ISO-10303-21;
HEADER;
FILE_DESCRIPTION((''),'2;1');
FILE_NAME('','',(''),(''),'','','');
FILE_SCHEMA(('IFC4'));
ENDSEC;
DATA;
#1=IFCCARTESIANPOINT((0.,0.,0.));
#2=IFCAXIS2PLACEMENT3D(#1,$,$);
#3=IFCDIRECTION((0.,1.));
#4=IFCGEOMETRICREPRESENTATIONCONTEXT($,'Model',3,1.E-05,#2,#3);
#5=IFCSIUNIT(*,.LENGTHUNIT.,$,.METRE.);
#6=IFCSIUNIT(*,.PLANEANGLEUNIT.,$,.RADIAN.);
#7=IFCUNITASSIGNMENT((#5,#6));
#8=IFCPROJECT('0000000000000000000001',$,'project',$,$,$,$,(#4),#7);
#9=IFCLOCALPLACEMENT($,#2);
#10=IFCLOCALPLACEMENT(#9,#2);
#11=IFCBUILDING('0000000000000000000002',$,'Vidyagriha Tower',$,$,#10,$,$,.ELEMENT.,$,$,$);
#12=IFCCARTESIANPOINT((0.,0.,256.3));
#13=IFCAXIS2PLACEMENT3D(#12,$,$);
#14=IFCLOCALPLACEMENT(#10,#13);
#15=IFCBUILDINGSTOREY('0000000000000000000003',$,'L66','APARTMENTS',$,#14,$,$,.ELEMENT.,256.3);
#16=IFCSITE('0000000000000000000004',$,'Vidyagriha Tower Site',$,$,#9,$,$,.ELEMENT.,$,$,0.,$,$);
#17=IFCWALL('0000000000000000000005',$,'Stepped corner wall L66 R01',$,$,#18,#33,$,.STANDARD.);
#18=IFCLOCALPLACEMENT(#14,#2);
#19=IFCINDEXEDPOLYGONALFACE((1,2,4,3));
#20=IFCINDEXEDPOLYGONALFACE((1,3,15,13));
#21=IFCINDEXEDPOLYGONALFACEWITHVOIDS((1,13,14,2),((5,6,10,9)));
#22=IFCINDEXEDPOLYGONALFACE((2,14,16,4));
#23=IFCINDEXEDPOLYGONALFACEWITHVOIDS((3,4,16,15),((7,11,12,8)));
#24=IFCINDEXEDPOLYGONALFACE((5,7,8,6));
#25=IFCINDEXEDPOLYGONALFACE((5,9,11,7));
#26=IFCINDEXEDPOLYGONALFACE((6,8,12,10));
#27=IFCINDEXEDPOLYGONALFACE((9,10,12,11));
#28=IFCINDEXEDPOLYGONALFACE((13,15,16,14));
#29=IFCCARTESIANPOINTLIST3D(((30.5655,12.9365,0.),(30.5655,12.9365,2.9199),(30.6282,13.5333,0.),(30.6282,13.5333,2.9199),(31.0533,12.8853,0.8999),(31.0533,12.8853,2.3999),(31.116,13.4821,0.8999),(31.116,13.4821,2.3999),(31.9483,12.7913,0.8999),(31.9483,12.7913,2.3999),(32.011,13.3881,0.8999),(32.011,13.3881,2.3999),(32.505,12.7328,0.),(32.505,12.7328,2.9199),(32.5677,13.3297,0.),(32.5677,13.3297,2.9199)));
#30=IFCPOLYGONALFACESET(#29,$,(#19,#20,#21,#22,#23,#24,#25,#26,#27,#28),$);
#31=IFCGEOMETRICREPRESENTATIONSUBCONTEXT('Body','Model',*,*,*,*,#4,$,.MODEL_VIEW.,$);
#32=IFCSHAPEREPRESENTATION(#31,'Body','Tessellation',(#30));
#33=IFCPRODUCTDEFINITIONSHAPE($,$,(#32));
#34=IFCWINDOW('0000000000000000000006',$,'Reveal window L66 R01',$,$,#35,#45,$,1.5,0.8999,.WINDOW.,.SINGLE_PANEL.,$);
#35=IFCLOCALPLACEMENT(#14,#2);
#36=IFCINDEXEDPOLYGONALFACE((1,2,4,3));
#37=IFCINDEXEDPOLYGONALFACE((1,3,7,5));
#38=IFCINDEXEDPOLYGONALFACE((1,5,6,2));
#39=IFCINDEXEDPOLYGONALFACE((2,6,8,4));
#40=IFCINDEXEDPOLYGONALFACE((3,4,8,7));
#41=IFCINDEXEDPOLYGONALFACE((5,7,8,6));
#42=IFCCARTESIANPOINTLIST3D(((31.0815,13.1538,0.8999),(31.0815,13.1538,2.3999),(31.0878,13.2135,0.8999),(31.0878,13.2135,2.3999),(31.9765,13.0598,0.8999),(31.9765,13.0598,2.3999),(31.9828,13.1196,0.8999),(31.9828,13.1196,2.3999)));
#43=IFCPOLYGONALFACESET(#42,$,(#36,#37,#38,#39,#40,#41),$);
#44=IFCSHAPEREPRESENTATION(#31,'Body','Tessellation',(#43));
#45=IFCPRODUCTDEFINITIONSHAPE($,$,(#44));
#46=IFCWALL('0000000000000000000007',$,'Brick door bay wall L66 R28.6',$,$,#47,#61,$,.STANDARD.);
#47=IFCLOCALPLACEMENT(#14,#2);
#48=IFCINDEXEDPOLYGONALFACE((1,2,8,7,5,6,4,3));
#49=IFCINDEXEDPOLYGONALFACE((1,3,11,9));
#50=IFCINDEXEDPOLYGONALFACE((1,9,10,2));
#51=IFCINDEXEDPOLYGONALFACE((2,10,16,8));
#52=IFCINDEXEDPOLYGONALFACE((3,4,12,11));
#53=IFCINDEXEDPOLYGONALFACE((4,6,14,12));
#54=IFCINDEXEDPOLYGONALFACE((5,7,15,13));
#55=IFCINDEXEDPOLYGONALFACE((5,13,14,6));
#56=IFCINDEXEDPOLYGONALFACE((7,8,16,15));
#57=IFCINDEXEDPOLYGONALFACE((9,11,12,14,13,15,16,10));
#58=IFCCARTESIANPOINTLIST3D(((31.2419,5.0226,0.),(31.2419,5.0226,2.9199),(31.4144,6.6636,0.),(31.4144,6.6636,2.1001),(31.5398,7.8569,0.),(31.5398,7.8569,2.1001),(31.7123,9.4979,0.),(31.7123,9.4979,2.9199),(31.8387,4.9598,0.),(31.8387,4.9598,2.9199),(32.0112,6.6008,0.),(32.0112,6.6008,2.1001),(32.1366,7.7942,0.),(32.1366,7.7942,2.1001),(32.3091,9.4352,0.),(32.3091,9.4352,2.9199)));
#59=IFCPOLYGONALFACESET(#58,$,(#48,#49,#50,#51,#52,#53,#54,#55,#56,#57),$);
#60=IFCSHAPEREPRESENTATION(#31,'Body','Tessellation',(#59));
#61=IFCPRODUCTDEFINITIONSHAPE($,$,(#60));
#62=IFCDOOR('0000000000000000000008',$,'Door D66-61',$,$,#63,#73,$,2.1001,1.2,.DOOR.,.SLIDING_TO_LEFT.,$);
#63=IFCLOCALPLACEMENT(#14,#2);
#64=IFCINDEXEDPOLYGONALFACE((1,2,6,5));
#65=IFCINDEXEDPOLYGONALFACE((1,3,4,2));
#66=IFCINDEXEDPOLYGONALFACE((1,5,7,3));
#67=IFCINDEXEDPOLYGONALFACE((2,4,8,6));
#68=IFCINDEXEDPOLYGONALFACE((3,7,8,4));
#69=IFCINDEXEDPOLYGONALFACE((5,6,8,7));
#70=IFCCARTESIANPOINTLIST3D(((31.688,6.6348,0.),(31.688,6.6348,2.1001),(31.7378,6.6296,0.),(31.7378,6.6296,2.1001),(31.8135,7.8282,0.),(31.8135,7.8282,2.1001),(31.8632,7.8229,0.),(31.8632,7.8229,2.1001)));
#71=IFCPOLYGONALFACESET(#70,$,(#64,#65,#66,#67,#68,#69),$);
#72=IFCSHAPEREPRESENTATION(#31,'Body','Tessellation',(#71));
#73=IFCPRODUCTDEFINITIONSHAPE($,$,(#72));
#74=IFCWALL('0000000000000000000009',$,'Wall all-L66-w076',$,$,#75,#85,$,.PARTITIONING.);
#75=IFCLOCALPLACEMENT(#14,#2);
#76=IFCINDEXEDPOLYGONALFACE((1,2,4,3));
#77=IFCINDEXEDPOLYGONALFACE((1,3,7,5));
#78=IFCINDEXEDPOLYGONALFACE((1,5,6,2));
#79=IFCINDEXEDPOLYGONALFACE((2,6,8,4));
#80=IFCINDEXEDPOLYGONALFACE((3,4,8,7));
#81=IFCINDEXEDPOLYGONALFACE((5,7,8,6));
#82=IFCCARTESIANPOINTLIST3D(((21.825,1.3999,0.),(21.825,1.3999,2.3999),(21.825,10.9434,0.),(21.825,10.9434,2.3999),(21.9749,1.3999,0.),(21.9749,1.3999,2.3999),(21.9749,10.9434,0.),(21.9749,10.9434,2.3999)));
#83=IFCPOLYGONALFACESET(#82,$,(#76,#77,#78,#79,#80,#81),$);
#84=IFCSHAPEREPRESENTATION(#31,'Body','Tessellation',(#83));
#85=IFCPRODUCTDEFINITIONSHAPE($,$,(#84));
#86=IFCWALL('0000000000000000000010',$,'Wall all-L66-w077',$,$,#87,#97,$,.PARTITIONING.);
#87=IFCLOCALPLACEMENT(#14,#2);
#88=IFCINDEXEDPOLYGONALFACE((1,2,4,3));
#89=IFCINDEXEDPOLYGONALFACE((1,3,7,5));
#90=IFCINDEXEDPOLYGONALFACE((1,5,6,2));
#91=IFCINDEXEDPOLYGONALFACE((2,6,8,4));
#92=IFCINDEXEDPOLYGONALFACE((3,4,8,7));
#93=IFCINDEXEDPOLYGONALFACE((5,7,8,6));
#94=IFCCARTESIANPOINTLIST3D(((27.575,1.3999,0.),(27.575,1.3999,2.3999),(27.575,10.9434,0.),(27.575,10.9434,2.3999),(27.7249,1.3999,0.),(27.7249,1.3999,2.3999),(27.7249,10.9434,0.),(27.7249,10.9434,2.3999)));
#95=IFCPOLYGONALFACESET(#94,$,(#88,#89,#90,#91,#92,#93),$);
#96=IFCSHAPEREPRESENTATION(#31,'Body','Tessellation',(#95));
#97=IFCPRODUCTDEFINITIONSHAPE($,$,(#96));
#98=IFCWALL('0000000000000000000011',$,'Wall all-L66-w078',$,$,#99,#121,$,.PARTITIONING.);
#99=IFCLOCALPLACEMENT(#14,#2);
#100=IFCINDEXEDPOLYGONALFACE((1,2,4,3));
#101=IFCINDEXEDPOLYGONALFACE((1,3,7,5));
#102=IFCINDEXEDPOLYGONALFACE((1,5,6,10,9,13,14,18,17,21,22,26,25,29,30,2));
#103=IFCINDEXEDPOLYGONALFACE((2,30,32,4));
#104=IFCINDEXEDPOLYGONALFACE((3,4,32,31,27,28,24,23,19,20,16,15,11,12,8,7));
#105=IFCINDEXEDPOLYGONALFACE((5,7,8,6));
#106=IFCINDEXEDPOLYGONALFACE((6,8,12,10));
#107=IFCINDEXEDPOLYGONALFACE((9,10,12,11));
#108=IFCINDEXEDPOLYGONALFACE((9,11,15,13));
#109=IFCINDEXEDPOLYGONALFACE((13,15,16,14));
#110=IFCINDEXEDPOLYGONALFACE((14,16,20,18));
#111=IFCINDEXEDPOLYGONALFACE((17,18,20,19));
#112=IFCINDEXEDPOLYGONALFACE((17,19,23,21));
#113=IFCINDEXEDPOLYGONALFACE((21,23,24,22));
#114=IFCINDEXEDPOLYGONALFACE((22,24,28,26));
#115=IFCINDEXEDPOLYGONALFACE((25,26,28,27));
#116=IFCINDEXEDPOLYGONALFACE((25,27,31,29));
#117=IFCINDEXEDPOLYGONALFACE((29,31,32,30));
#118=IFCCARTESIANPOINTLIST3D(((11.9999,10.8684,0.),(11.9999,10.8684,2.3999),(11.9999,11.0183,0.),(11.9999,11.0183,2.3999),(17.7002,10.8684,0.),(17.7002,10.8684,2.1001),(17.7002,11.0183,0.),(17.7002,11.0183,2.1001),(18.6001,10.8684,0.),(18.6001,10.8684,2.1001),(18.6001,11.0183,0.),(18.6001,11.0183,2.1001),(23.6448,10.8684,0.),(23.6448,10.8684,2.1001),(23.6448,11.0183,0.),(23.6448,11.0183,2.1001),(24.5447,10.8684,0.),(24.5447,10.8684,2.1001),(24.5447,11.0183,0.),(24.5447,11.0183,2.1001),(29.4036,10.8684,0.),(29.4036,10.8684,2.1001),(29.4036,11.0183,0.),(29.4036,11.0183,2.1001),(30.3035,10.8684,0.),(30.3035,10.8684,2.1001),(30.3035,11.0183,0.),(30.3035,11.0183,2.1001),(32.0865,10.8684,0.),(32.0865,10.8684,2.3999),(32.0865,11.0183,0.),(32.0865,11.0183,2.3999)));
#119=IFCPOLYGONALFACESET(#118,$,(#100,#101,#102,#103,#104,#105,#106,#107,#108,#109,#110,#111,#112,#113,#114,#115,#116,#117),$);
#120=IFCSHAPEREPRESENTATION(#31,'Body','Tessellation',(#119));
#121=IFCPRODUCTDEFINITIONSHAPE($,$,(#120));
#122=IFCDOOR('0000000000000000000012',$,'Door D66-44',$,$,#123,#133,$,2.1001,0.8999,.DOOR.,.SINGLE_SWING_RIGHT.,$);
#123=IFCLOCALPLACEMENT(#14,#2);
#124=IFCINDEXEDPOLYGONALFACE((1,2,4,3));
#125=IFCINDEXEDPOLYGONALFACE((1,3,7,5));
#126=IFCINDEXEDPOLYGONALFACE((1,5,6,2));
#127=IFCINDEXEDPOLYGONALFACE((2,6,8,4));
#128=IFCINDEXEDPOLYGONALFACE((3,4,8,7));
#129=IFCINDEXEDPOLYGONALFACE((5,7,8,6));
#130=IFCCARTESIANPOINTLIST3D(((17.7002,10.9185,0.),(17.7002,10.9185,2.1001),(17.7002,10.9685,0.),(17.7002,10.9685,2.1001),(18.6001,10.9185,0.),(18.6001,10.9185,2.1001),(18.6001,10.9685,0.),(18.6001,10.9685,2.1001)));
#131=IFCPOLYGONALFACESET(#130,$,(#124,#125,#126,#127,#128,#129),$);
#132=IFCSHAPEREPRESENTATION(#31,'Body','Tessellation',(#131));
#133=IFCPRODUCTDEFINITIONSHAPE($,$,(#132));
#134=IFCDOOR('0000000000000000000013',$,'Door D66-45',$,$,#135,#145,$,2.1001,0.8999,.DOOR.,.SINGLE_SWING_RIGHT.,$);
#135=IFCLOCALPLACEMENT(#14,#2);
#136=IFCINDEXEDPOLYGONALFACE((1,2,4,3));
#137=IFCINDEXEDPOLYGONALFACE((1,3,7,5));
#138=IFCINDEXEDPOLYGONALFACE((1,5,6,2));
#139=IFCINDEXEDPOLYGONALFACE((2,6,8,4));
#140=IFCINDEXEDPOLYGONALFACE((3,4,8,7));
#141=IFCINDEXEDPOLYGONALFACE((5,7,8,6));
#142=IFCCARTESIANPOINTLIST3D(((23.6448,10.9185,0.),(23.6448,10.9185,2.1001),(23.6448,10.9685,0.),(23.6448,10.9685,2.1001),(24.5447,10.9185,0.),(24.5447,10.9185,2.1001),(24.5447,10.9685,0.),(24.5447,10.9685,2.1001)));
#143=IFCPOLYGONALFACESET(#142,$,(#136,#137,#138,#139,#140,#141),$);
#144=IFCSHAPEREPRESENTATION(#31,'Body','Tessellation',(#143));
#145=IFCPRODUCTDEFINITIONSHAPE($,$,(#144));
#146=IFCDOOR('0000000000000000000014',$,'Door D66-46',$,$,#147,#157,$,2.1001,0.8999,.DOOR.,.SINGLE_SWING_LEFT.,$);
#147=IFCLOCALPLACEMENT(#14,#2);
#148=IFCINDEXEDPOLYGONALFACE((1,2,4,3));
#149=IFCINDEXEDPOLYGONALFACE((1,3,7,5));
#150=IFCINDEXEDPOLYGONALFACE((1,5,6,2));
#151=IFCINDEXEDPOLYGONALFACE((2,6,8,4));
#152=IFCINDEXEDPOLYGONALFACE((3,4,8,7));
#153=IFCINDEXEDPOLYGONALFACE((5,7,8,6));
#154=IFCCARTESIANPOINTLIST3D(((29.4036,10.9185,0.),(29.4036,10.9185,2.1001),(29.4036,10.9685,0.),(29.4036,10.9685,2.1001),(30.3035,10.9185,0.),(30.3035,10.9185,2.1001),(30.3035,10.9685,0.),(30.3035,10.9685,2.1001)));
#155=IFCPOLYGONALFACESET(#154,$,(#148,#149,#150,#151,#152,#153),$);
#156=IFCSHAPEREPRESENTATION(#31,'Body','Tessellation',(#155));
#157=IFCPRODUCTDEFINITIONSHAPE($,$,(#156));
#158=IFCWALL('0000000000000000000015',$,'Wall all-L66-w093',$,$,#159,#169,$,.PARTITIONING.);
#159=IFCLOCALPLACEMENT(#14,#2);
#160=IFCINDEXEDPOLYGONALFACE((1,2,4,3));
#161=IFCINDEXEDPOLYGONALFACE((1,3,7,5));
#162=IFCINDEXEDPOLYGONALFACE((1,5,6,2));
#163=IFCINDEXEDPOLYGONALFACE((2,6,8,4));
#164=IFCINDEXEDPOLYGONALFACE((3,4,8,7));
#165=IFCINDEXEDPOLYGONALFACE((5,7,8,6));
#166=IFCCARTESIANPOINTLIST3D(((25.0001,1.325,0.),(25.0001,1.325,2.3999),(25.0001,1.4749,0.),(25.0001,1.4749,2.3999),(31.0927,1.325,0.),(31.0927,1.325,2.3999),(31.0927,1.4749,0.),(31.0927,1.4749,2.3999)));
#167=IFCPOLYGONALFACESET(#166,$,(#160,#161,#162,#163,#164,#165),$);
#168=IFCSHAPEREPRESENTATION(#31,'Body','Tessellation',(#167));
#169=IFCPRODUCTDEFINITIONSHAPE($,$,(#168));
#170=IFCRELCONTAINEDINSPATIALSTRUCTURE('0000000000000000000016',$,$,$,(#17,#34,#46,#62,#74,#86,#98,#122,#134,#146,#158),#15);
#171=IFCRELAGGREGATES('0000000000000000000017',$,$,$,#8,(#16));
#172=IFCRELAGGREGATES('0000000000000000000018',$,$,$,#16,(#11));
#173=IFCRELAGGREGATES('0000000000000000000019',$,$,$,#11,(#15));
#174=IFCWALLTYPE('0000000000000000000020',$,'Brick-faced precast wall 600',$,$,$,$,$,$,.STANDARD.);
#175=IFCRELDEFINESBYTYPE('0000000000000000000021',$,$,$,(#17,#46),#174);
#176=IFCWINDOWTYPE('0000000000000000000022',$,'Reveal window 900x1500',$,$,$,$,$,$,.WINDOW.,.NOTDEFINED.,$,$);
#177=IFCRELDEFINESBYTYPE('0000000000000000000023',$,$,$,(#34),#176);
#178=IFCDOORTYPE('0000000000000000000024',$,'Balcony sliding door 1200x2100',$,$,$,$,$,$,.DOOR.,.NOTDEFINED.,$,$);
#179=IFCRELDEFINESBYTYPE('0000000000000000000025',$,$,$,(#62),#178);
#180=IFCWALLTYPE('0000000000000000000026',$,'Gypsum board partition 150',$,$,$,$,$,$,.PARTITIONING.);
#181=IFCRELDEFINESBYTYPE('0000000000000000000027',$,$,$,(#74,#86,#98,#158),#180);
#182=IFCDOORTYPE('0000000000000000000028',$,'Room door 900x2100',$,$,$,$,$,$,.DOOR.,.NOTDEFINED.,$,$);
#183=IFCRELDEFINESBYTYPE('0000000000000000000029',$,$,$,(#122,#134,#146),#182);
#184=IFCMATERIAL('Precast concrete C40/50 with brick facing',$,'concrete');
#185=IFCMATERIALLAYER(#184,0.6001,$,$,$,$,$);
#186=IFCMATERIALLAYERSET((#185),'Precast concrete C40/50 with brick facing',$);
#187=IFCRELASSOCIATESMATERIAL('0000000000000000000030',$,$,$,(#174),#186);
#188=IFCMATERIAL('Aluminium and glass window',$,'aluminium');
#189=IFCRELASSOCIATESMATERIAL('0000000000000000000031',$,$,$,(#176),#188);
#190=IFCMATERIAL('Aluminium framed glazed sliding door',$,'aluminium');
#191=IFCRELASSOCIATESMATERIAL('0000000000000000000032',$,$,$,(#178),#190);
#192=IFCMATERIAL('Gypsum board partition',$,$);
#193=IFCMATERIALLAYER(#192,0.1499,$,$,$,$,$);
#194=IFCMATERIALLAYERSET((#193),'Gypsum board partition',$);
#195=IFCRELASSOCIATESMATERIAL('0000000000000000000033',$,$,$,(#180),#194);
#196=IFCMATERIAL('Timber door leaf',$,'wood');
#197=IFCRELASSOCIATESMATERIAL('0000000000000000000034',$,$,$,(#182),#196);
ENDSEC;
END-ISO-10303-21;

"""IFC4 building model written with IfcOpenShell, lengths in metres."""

from ifc_helpers import new_model, si_unit, direction, frame, frame_2d, origin, place, context, subcontext, project, spatial, rectangle, extrude, material, layer, layer_set, type_object, element, fill, save


model = new_model("IFC4")

# Units and contexts
model_context = context("Model", 3, precision=1e-05, world=origin(), true_north=direction((0.0, 1.0)))
body_context = subcontext(model_context, "Body", "Model", "MODEL_VIEW")
ifc_project = project(units=[si_unit("LENGTHUNIT", "METRE"), si_unit("PLANEANGLEUNIT", "RADIAN")], contexts=[model_context])

# Site, building, storey
site_placement = place(None, origin())
site = spatial("IfcSite", under=ifc_project, at=site_placement, Name="Vidyagriha Tower Site", CompositionType="ELEMENT", RefElevation=0.0)
building_placement = place(site_placement, origin())
building = spatial("IfcBuilding", under=site, at=building_placement, Name="Vidyagriha Tower", CompositionType="ELEMENT")
storey_placement = place(building_placement, frame((0.0, 0.0, 256.3)))
storey = spatial("IfcBuildingStorey", under=building, at=storey_placement, Name="L66", Description="APARTMENTS", CompositionType="ELEMENT", Elevation=256.3)

# Wall, opening, window
ifc_material_1 = material(Name="Precast concrete C40/50 with brick facing", Category="concrete")
ifc_layer_1 = layer(ifc_material_1, 0.6001)
ifc_layer_set_1 = layer_set([ifc_layer_1], Name="Precast concrete C40/50 with brick facing")
wall_type_1 = type_object("IfcWallType", Name="Brick-faced precast wall 600", PredefinedType="STANDARD", material=ifc_layer_set_1)
wall_1_placement = place(storey_placement, frame((32.5364, 13.0312, 0.0), z_axis=(0.0, 0.0, 1.0), x_axis=(-0.994534, 0.104411, 0.0)))
wall_1 = element("IfcWall", 1, at=wall_1_placement, inside=storey, type_object=wall_type_1, Name="Stepped corner wall L66 R01", PredefinedType="STANDARD", context=body_context, shape_type="SweptSolid", body=[
    extrude(rectangle(XDim=1.9502, YDim=0.6001, at=frame_2d((0.9751, 0.0))), origin(), (0.0, 0.0, 1.0), 2.9199),
])
opening_1_placement = place(wall_1_placement, frame((0.5598, 0.0, 0.8999)))
opening_1 = element("IfcOpeningElement", 2, at=opening_1_placement, cuts=wall_1, PredefinedType="OPENING", context=body_context, shape_type="SweptSolid", body=[
    extrude(rectangle(XDim=0.8999, YDim=1.5, at=frame_2d((0.45, 0.75))), frame((0.0, 0.3101, 0.0), z_axis=(0.0, -1.0, 0.0), x_axis=(1.0, 0.0, 0.0)), (0.0, 0.0, 1.0), 0.6201),
])
ifc_material_2 = material(Name="Aluminium and glass window", Category="aluminium")
window_type = type_object("IfcWindowType", Name="Reveal window 900x1500", PartitioningType="NOTDEFINED", PredefinedType="WINDOW", material=ifc_material_2)
window_placement = place(opening_1_placement, origin())
window = element("IfcWindow", 3, at=window_placement, inside=storey, type_object=window_type, Name="Reveal window L66 R01", OverallHeight=1.5, OverallWidth=0.8999, PartitioningType="SINGLE_PANEL", PredefinedType="WINDOW", context=body_context, shape_type="SweptSolid", body=[
    extrude(rectangle(XDim=0.8999, YDim=1.5, at=frame_2d((0.45, 0.75))), frame((0.0, 0.03, 0.0), z_axis=(0.0, -1.0, 0.0), x_axis=(1.0, 0.0, 0.0)), (0.0, 0.0, 1.0), 0.0601),
])
fill(opening_1, window)

# Wall, opening, door
wall_2_placement = place(storey_placement, frame((31.5403, 4.9912, 0.0), z_axis=(0.0, 0.0, 1.0), x_axis=(0.104546, 0.99452, 0.0)))
wall_2 = element("IfcWall", 4, at=wall_2_placement, inside=storey, type_object=wall_type_1, Name="Brick door bay wall L66 R28.6", PredefinedType="STANDARD", context=body_context, shape_type="SweptSolid", body=[
    extrude(rectangle(XDim=4.5, YDim=0.6001, at=frame_2d((2.25, 0.0))), origin(), (0.0, 0.0, 1.0), 2.9199),
])
opening_2_placement = place(wall_2_placement, frame((1.6499, 0.0, 0.0)))
opening_2 = element("IfcOpeningElement", 5, at=opening_2_placement, cuts=wall_2, PredefinedType="OPENING", context=body_context, shape_type="SweptSolid", body=[
    extrude(rectangle(XDim=1.2, YDim=2.1001, at=frame_2d((0.6001, 1.05))), frame((0.0, 0.3101, 0.0), z_axis=(0.0, -1.0, 0.0), x_axis=(1.0, 0.0, 0.0)), (0.0, 0.0, 1.0), 0.6201),
])
ifc_material_3 = material(Name="Aluminium framed glazed sliding door", Category="aluminium")
door_type_1 = type_object("IfcDoorType", Name="Balcony sliding door 1200x2100", OperationType="NOTDEFINED", PredefinedType="DOOR", material=ifc_material_3)
door_1_placement = place(opening_2_placement, origin())
door_1 = element("IfcDoor", 6, at=door_1_placement, inside=storey, type_object=door_type_1, Name="Door D66-61", OperationType="SLIDING_TO_LEFT", OverallHeight=2.1001, OverallWidth=1.2, PredefinedType="DOOR", context=body_context, shape_type="SweptSolid", body=[
    extrude(rectangle(XDim=1.2, YDim=2.1001, at=frame_2d((0.6001, 1.05))), frame((0.0, 0.0249, 0.0), z_axis=(0.0, -1.0, 0.0), x_axis=(1.0, 0.0, 0.0)), (0.0, 0.0, 1.0), 0.05),
])
fill(opening_2, door_1)

# Walls
ifc_material_4 = material(Name="Gypsum board partition")
ifc_layer_2 = layer(ifc_material_4, 0.1499)
ifc_layer_set_2 = layer_set([ifc_layer_2], Name="Gypsum board partition")
wall_type_2 = type_object("IfcWallType", Name="Gypsum board partition 150", PredefinedType="PARTITIONING", material=ifc_layer_set_2)
for number, where, z_axis, x_axis, name in (
    (7, (21.8999, 10.9434, 0.0), (0.0, 0.0, 1.0), (0.0, -1.0, 0.0), "Wall all-L66-w076"),
    (8, (27.6499, 10.9434, 0.0), (0.0, 0.0, 1.0), (0.0, -1.0, 0.0), "Wall all-L66-w077"),
):
    element("IfcWall", number, at=place(storey_placement, frame(where, z_axis=z_axis, x_axis=x_axis)), inside=storey, type_object=wall_type_2, Name=name, PredefinedType="PARTITIONING", context=body_context, shape_type="SweptSolid", body=[
        extrude(rectangle(XDim=9.5435, YDim=0.1499, at=frame_2d((4.7717, 0.0))), origin(), (0.0, 0.0, 1.0), 2.3999),
    ])

# Wall, openings, doors
wall_3_placement = place(storey_placement, frame((32.0867, 10.9434, 0.0), z_axis=(0.0, 0.0, 1.0), x_axis=(-1.0, 0.0, 0.0)))
wall_3 = element("IfcWall", 9, at=wall_3_placement, inside=storey, type_object=wall_type_2, Name="Wall all-L66-w078", PredefinedType="PARTITIONING", context=body_context, shape_type="SweptSolid", body=[
    extrude(rectangle(XDim=20.0867, YDim=0.1499, at=frame_2d((10.0435, 0.0))), origin(), (0.0, 0.0, 1.0), 2.3999),
])
opening_3_placement = place(wall_3_placement, frame((13.4866, 0.0, 0.0)))
opening_3 = element("IfcOpeningElement", 10, at=opening_3_placement, cuts=wall_3, PredefinedType="OPENING", context=body_context, shape_type="SweptSolid", body=[
    extrude(rectangle(XDim=0.8999, YDim=2.1001, at=frame_2d((0.45, 1.05))), frame((0.0, 0.085, 0.0), z_axis=(0.0, -1.0, 0.0), x_axis=(1.0, 0.0, 0.0)), (0.0, 0.0, 1.0), 0.1699),
])
opening_4_placement = place(wall_3_placement, frame((7.542, 0.0, 0.0)))
opening_4 = element("IfcOpeningElement", 11, at=opening_4_placement, cuts=wall_3, PredefinedType="OPENING", context=body_context, shape_type="SweptSolid", body=[
    extrude(rectangle(XDim=0.8999, YDim=2.1001, at=frame_2d((0.45, 1.05))), frame((0.0, 0.085, 0.0), z_axis=(0.0, -1.0, 0.0), x_axis=(1.0, 0.0, 0.0)), (0.0, 0.0, 1.0), 0.1699),
])
opening_5_placement = place(wall_3_placement, frame((1.7832, 0.0, 0.0)))
opening_5 = element("IfcOpeningElement", 12, at=opening_5_placement, cuts=wall_3, PredefinedType="OPENING", context=body_context, shape_type="SweptSolid", body=[
    extrude(rectangle(XDim=0.8999, YDim=2.1001, at=frame_2d((0.45, 1.05))), frame((0.0, 0.085, 0.0), z_axis=(0.0, -1.0, 0.0), x_axis=(1.0, 0.0, 0.0)), (0.0, 0.0, 1.0), 0.1699),
])
ifc_material_5 = material(Name="Timber door leaf", Category="wood")
door_type_2 = type_object("IfcDoorType", Name="Room door 900x2100", OperationType="NOTDEFINED", PredefinedType="DOOR", material=ifc_material_5)
door_2_placement = place(opening_3_placement, origin())
door_2 = element("IfcDoor", 13, at=door_2_placement, inside=storey, type_object=door_type_2, Name="Door D66-44", OperationType="SINGLE_SWING_RIGHT", OverallHeight=2.1001, OverallWidth=0.8999, PredefinedType="DOOR", context=body_context, shape_type="SweptSolid", body=[
    extrude(rectangle(XDim=0.8999, YDim=2.1001, at=frame_2d((0.45, 1.05))), frame((0.0, 0.0249, 0.0), z_axis=(0.0, -1.0, 0.0), x_axis=(1.0, 0.0, 0.0)), (0.0, 0.0, 1.0), 0.05),
])
fill(opening_3, door_2)
door_3_placement = place(opening_4_placement, origin())
door_3 = element("IfcDoor", 14, at=door_3_placement, inside=storey, type_object=door_type_2, Name="Door D66-45", OperationType="SINGLE_SWING_RIGHT", OverallHeight=2.1001, OverallWidth=0.8999, PredefinedType="DOOR", context=body_context, shape_type="SweptSolid", body=[
    extrude(rectangle(XDim=0.8999, YDim=2.1001, at=frame_2d((0.45, 1.05))), frame((0.0, 0.0249, 0.0), z_axis=(0.0, -1.0, 0.0), x_axis=(1.0, 0.0, 0.0)), (0.0, 0.0, 1.0), 0.05),
])
fill(opening_4, door_3)
door_4_placement = place(opening_5_placement, origin())
door_4 = element("IfcDoor", 15, at=door_4_placement, inside=storey, type_object=door_type_2, Name="Door D66-46", OperationType="SINGLE_SWING_LEFT", OverallHeight=2.1001, OverallWidth=0.8999, PredefinedType="DOOR", context=body_context, shape_type="SweptSolid", body=[
    extrude(rectangle(XDim=0.8999, YDim=2.1001, at=frame_2d((0.45, 1.05))), frame((0.0, 0.0249, 0.0), z_axis=(0.0, -1.0, 0.0), x_axis=(1.0, 0.0, 0.0)), (0.0, 0.0, 1.0), 0.05),
])
fill(opening_5, door_4)

# Wall
wall_4_placement = place(storey_placement, frame((25.0, 1.3999, 0.0)))
element("IfcWall", 16, at=wall_4_placement, inside=storey, type_object=wall_type_2, Name="Wall all-L66-w093", PredefinedType="PARTITIONING", context=body_context, shape_type="SweptSolid", body=[
    extrude(rectangle(XDim=6.0925, YDim=0.1499, at=frame_2d((3.0464, 0.0))), origin(), (0.0, 0.0, 1.0), 2.3999),
])

save(model, "model.ifc")
